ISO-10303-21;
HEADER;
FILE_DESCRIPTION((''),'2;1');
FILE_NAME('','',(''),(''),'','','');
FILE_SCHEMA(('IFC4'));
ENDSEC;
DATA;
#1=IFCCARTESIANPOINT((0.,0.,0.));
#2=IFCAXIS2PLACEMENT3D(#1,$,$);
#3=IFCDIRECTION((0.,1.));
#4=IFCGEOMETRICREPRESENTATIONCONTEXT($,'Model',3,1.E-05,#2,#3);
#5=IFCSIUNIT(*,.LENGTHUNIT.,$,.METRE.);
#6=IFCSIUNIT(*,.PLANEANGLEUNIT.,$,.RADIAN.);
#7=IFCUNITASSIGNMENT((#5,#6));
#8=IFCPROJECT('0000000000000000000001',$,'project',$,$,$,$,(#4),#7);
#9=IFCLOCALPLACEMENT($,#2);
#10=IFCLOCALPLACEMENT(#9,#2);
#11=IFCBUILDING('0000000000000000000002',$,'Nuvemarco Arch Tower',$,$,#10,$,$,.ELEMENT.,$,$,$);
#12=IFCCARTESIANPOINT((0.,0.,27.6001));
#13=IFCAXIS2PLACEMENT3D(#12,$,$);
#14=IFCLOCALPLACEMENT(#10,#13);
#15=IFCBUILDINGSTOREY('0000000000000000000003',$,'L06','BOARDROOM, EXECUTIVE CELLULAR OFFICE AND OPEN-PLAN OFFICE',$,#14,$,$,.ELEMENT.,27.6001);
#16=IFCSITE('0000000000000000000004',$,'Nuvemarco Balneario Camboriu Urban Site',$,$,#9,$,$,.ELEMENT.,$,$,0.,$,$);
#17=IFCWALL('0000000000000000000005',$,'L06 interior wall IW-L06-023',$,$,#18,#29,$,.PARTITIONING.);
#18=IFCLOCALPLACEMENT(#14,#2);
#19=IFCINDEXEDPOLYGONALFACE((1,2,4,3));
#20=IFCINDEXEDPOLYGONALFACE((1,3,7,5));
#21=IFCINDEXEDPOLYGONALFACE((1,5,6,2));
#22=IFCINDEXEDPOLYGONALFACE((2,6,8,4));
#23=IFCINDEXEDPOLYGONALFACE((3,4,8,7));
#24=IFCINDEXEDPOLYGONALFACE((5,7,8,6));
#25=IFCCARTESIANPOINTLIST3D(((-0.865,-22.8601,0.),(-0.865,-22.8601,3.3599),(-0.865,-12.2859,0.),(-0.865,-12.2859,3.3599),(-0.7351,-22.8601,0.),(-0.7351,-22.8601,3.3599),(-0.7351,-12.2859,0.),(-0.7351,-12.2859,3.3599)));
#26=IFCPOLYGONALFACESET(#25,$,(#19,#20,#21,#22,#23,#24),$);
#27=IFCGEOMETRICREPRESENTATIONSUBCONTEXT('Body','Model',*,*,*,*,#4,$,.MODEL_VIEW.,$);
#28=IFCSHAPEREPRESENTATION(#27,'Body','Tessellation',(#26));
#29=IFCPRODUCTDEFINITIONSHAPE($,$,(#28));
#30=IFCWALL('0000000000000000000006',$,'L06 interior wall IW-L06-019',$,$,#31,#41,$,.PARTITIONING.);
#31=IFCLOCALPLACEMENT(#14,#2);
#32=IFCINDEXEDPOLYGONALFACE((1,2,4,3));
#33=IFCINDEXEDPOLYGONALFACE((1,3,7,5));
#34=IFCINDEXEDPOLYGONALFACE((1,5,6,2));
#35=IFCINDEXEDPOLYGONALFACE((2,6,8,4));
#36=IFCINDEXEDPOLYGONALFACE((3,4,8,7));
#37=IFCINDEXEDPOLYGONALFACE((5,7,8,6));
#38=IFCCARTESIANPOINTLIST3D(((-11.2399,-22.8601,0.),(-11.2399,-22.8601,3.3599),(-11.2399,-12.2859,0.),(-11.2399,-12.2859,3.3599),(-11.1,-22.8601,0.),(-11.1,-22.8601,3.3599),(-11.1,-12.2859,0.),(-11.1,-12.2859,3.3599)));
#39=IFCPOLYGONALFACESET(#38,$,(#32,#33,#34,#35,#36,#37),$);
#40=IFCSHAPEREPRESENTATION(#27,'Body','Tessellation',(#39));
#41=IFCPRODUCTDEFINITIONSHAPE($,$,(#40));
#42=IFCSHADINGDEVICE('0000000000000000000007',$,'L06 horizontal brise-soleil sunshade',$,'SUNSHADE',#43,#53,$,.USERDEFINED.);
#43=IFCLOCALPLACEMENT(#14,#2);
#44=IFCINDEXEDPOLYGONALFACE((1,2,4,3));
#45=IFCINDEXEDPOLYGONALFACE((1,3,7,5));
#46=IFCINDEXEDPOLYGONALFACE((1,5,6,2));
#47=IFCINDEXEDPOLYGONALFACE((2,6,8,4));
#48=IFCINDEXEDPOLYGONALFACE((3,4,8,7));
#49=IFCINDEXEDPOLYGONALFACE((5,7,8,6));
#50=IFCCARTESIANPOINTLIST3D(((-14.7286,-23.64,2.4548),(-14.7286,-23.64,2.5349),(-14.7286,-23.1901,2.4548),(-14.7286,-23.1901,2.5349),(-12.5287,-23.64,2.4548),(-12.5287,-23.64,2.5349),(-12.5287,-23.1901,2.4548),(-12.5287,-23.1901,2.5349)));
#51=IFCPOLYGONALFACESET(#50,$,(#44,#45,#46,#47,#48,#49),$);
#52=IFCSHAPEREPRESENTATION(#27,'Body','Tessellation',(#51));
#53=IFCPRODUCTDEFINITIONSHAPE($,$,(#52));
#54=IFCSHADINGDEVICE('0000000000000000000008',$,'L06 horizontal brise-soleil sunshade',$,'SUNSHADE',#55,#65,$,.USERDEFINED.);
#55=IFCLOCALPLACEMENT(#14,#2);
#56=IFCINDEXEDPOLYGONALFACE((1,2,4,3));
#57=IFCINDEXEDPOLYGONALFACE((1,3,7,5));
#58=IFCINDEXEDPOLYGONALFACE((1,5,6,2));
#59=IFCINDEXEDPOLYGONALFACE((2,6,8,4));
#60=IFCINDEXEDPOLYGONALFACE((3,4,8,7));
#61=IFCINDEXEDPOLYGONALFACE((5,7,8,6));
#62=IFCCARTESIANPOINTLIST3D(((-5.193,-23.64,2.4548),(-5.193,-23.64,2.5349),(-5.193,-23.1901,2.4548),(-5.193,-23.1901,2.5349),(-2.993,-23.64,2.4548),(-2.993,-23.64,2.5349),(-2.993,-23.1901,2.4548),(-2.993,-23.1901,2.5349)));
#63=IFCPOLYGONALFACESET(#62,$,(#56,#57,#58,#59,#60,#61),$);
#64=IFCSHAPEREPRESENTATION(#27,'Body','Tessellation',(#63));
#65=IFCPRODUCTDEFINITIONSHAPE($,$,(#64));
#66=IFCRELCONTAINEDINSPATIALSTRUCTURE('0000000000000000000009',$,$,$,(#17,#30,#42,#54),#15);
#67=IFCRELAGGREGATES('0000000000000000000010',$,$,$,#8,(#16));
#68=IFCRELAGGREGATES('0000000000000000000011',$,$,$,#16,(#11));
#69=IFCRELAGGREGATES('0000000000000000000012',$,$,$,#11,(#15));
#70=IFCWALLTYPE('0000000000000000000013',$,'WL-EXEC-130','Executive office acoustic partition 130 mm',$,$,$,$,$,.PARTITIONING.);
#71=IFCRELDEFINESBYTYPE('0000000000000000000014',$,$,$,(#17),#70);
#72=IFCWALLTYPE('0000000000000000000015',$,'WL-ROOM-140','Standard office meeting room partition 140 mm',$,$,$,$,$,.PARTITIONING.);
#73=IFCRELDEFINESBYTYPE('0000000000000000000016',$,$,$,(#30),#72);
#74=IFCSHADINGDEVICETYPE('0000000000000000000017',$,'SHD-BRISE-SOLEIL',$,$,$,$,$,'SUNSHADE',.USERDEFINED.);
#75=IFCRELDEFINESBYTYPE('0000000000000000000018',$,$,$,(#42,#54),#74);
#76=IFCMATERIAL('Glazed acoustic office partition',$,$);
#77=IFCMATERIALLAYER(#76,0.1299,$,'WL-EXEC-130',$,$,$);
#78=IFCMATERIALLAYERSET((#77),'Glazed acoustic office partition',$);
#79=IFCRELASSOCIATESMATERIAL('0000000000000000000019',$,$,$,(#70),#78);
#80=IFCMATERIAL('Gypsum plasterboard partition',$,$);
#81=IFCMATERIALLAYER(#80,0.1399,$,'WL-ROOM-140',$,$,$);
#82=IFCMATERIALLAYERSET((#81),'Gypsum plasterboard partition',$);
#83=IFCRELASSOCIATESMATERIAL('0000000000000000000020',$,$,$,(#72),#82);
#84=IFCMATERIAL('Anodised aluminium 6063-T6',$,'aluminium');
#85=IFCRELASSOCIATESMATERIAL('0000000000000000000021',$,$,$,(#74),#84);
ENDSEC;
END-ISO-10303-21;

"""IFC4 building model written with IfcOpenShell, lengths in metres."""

from ifc_helpers import new_model, si_unit, direction, frame, frame_2d, origin, origin_2d, place, context, subcontext, project, spatial, rectangle, extrude, source, transform, mapped, material, layer, layer_set, type_object, type_shapes, element, save


model = new_model("IFC4")

# Units and contexts
model_context = context("Model", 3, precision=1e-05, world=origin(), true_north=direction((0.0, 1.0)))
body_context = subcontext(model_context, "Body", "Model", "MODEL_VIEW")
ifc_project = project(units=[si_unit("LENGTHUNIT", "METRE"), si_unit("PLANEANGLEUNIT", "RADIAN")], contexts=[model_context])

# Site, building, storey
site_placement = place(None, origin())
site = spatial("IfcSite", under=ifc_project, at=site_placement, Name="Nuvemarco Balneario Camboriu Urban Site", CompositionType="ELEMENT", RefElevation=0.0)
building_placement = place(site_placement, origin())
building = spatial("IfcBuilding", under=site, at=building_placement, Name="Nuvemarco Arch Tower", CompositionType="ELEMENT")
storey_placement = place(building_placement, frame((0.0, 0.0, 27.6001)))
storey = spatial("IfcBuildingStorey", under=building, at=storey_placement, Name="L06", Description="BOARDROOM, EXECUTIVE CELLULAR OFFICE AND OPEN-PLAN OFFICE", CompositionType="ELEMENT", Elevation=27.6001)

# Walls
ifc_material_1 = material(Name="Glazed acoustic office partition")
ifc_layer_1 = layer(ifc_material_1, 0.1299, Name="WL-EXEC-130")
ifc_layer_set_1 = layer_set([ifc_layer_1], Name="Glazed acoustic office partition")
wall_type_1 = type_object("IfcWallType", Name="WL-EXEC-130", Description="Executive office acoustic partition 130 mm", PredefinedType="PARTITIONING", material=ifc_layer_set_1)
for number, where, z_axis, x_axis, name in (
    (1, (-0.8, -22.8601, 0.0), (0.0, 0.0, 1.0), (0.0, 1.0, 0.0), "L06 interior wall IW-L06-023"),
):
    element("IfcWall", number, at=place(storey_placement, frame(where, z_axis=z_axis, x_axis=x_axis)), inside=storey, type_object=wall_type_1, Name=name, PredefinedType="PARTITIONING", context=body_context, shape_type="SweptSolid", body=[
        extrude(rectangle(XDim=10.5742, YDim=0.1299, at=frame_2d((5.2871, 0.0))), origin(), (0.0, 0.0, 1.0), 3.3599),
    ])
ifc_material_2 = material(Name="Gypsum plasterboard partition")
ifc_layer_2 = layer(ifc_material_2, 0.1399, Name="WL-ROOM-140")
ifc_layer_set_2 = layer_set([ifc_layer_2], Name="Gypsum plasterboard partition")
wall_type_2 = type_object("IfcWallType", Name="WL-ROOM-140", Description="Standard office meeting room partition 140 mm", PredefinedType="PARTITIONING", material=ifc_layer_set_2)
wall_1_placement = place(storey_placement, frame((-11.1699, -22.8601, 0.0), z_axis=(0.0, 0.0, 1.0), x_axis=(0.0, 1.0, 0.0)))
element("IfcWall", 2, at=wall_1_placement, inside=storey, type_object=wall_type_2, Name="L06 interior wall IW-L06-019", PredefinedType="PARTITIONING", context=body_context, shape_type="SweptSolid", body=[
    extrude(rectangle(XDim=10.5742, YDim=0.1399, at=frame_2d((5.2871, 0.0))), origin(), (0.0, 0.0, 1.0), 3.3599),
])

# Shading devices
ifc_material_3 = material(Name="Anodised aluminium 6063-T6", Category="aluminium")
shading_device_type = type_object("IfcShadingDeviceType", Name="SHD-BRISE-SOLEIL", ElementType="SUNSHADE", PredefinedType="USERDEFINED", material=ifc_material_3)
shared_shape_1 = source(origin(), body_context, "Body", "SweptSolid", [
    extrude(rectangle(XDim=2.2, YDim=0.45, at=origin_2d()), origin(), (0.0, 0.0, 1.0), 0.0801),
])
type_shapes(shading_device_type, [shared_shape_1])
for number, where, z_axis, x_axis, name in (
    (3, (-13.6287, -23.415, 2.4548), (0.0, 0.0, 1.0), (1.0, 0.0, 0.0), "L06 horizontal brise-soleil sunshade"),
    (4, (-4.093, -23.415, 2.4548), (0.0, 0.0, 1.0), (1.0, 0.0, 0.0), "L06 horizontal brise-soleil sunshade"),
):
    element("IfcShadingDevice", number, at=place(storey_placement, frame(where, z_axis=z_axis, x_axis=x_axis)), inside=storey, type_object=shading_device_type, Name=name, ObjectType="SUNSHADE", PredefinedType="USERDEFINED", context=body_context, shape_type="MappedRepresentation", body=[
        mapped(shared_shape_1, transform((0.0, 0.0, 0.0), scale=1.0)),
    ])

save(model, "model.ifc")
